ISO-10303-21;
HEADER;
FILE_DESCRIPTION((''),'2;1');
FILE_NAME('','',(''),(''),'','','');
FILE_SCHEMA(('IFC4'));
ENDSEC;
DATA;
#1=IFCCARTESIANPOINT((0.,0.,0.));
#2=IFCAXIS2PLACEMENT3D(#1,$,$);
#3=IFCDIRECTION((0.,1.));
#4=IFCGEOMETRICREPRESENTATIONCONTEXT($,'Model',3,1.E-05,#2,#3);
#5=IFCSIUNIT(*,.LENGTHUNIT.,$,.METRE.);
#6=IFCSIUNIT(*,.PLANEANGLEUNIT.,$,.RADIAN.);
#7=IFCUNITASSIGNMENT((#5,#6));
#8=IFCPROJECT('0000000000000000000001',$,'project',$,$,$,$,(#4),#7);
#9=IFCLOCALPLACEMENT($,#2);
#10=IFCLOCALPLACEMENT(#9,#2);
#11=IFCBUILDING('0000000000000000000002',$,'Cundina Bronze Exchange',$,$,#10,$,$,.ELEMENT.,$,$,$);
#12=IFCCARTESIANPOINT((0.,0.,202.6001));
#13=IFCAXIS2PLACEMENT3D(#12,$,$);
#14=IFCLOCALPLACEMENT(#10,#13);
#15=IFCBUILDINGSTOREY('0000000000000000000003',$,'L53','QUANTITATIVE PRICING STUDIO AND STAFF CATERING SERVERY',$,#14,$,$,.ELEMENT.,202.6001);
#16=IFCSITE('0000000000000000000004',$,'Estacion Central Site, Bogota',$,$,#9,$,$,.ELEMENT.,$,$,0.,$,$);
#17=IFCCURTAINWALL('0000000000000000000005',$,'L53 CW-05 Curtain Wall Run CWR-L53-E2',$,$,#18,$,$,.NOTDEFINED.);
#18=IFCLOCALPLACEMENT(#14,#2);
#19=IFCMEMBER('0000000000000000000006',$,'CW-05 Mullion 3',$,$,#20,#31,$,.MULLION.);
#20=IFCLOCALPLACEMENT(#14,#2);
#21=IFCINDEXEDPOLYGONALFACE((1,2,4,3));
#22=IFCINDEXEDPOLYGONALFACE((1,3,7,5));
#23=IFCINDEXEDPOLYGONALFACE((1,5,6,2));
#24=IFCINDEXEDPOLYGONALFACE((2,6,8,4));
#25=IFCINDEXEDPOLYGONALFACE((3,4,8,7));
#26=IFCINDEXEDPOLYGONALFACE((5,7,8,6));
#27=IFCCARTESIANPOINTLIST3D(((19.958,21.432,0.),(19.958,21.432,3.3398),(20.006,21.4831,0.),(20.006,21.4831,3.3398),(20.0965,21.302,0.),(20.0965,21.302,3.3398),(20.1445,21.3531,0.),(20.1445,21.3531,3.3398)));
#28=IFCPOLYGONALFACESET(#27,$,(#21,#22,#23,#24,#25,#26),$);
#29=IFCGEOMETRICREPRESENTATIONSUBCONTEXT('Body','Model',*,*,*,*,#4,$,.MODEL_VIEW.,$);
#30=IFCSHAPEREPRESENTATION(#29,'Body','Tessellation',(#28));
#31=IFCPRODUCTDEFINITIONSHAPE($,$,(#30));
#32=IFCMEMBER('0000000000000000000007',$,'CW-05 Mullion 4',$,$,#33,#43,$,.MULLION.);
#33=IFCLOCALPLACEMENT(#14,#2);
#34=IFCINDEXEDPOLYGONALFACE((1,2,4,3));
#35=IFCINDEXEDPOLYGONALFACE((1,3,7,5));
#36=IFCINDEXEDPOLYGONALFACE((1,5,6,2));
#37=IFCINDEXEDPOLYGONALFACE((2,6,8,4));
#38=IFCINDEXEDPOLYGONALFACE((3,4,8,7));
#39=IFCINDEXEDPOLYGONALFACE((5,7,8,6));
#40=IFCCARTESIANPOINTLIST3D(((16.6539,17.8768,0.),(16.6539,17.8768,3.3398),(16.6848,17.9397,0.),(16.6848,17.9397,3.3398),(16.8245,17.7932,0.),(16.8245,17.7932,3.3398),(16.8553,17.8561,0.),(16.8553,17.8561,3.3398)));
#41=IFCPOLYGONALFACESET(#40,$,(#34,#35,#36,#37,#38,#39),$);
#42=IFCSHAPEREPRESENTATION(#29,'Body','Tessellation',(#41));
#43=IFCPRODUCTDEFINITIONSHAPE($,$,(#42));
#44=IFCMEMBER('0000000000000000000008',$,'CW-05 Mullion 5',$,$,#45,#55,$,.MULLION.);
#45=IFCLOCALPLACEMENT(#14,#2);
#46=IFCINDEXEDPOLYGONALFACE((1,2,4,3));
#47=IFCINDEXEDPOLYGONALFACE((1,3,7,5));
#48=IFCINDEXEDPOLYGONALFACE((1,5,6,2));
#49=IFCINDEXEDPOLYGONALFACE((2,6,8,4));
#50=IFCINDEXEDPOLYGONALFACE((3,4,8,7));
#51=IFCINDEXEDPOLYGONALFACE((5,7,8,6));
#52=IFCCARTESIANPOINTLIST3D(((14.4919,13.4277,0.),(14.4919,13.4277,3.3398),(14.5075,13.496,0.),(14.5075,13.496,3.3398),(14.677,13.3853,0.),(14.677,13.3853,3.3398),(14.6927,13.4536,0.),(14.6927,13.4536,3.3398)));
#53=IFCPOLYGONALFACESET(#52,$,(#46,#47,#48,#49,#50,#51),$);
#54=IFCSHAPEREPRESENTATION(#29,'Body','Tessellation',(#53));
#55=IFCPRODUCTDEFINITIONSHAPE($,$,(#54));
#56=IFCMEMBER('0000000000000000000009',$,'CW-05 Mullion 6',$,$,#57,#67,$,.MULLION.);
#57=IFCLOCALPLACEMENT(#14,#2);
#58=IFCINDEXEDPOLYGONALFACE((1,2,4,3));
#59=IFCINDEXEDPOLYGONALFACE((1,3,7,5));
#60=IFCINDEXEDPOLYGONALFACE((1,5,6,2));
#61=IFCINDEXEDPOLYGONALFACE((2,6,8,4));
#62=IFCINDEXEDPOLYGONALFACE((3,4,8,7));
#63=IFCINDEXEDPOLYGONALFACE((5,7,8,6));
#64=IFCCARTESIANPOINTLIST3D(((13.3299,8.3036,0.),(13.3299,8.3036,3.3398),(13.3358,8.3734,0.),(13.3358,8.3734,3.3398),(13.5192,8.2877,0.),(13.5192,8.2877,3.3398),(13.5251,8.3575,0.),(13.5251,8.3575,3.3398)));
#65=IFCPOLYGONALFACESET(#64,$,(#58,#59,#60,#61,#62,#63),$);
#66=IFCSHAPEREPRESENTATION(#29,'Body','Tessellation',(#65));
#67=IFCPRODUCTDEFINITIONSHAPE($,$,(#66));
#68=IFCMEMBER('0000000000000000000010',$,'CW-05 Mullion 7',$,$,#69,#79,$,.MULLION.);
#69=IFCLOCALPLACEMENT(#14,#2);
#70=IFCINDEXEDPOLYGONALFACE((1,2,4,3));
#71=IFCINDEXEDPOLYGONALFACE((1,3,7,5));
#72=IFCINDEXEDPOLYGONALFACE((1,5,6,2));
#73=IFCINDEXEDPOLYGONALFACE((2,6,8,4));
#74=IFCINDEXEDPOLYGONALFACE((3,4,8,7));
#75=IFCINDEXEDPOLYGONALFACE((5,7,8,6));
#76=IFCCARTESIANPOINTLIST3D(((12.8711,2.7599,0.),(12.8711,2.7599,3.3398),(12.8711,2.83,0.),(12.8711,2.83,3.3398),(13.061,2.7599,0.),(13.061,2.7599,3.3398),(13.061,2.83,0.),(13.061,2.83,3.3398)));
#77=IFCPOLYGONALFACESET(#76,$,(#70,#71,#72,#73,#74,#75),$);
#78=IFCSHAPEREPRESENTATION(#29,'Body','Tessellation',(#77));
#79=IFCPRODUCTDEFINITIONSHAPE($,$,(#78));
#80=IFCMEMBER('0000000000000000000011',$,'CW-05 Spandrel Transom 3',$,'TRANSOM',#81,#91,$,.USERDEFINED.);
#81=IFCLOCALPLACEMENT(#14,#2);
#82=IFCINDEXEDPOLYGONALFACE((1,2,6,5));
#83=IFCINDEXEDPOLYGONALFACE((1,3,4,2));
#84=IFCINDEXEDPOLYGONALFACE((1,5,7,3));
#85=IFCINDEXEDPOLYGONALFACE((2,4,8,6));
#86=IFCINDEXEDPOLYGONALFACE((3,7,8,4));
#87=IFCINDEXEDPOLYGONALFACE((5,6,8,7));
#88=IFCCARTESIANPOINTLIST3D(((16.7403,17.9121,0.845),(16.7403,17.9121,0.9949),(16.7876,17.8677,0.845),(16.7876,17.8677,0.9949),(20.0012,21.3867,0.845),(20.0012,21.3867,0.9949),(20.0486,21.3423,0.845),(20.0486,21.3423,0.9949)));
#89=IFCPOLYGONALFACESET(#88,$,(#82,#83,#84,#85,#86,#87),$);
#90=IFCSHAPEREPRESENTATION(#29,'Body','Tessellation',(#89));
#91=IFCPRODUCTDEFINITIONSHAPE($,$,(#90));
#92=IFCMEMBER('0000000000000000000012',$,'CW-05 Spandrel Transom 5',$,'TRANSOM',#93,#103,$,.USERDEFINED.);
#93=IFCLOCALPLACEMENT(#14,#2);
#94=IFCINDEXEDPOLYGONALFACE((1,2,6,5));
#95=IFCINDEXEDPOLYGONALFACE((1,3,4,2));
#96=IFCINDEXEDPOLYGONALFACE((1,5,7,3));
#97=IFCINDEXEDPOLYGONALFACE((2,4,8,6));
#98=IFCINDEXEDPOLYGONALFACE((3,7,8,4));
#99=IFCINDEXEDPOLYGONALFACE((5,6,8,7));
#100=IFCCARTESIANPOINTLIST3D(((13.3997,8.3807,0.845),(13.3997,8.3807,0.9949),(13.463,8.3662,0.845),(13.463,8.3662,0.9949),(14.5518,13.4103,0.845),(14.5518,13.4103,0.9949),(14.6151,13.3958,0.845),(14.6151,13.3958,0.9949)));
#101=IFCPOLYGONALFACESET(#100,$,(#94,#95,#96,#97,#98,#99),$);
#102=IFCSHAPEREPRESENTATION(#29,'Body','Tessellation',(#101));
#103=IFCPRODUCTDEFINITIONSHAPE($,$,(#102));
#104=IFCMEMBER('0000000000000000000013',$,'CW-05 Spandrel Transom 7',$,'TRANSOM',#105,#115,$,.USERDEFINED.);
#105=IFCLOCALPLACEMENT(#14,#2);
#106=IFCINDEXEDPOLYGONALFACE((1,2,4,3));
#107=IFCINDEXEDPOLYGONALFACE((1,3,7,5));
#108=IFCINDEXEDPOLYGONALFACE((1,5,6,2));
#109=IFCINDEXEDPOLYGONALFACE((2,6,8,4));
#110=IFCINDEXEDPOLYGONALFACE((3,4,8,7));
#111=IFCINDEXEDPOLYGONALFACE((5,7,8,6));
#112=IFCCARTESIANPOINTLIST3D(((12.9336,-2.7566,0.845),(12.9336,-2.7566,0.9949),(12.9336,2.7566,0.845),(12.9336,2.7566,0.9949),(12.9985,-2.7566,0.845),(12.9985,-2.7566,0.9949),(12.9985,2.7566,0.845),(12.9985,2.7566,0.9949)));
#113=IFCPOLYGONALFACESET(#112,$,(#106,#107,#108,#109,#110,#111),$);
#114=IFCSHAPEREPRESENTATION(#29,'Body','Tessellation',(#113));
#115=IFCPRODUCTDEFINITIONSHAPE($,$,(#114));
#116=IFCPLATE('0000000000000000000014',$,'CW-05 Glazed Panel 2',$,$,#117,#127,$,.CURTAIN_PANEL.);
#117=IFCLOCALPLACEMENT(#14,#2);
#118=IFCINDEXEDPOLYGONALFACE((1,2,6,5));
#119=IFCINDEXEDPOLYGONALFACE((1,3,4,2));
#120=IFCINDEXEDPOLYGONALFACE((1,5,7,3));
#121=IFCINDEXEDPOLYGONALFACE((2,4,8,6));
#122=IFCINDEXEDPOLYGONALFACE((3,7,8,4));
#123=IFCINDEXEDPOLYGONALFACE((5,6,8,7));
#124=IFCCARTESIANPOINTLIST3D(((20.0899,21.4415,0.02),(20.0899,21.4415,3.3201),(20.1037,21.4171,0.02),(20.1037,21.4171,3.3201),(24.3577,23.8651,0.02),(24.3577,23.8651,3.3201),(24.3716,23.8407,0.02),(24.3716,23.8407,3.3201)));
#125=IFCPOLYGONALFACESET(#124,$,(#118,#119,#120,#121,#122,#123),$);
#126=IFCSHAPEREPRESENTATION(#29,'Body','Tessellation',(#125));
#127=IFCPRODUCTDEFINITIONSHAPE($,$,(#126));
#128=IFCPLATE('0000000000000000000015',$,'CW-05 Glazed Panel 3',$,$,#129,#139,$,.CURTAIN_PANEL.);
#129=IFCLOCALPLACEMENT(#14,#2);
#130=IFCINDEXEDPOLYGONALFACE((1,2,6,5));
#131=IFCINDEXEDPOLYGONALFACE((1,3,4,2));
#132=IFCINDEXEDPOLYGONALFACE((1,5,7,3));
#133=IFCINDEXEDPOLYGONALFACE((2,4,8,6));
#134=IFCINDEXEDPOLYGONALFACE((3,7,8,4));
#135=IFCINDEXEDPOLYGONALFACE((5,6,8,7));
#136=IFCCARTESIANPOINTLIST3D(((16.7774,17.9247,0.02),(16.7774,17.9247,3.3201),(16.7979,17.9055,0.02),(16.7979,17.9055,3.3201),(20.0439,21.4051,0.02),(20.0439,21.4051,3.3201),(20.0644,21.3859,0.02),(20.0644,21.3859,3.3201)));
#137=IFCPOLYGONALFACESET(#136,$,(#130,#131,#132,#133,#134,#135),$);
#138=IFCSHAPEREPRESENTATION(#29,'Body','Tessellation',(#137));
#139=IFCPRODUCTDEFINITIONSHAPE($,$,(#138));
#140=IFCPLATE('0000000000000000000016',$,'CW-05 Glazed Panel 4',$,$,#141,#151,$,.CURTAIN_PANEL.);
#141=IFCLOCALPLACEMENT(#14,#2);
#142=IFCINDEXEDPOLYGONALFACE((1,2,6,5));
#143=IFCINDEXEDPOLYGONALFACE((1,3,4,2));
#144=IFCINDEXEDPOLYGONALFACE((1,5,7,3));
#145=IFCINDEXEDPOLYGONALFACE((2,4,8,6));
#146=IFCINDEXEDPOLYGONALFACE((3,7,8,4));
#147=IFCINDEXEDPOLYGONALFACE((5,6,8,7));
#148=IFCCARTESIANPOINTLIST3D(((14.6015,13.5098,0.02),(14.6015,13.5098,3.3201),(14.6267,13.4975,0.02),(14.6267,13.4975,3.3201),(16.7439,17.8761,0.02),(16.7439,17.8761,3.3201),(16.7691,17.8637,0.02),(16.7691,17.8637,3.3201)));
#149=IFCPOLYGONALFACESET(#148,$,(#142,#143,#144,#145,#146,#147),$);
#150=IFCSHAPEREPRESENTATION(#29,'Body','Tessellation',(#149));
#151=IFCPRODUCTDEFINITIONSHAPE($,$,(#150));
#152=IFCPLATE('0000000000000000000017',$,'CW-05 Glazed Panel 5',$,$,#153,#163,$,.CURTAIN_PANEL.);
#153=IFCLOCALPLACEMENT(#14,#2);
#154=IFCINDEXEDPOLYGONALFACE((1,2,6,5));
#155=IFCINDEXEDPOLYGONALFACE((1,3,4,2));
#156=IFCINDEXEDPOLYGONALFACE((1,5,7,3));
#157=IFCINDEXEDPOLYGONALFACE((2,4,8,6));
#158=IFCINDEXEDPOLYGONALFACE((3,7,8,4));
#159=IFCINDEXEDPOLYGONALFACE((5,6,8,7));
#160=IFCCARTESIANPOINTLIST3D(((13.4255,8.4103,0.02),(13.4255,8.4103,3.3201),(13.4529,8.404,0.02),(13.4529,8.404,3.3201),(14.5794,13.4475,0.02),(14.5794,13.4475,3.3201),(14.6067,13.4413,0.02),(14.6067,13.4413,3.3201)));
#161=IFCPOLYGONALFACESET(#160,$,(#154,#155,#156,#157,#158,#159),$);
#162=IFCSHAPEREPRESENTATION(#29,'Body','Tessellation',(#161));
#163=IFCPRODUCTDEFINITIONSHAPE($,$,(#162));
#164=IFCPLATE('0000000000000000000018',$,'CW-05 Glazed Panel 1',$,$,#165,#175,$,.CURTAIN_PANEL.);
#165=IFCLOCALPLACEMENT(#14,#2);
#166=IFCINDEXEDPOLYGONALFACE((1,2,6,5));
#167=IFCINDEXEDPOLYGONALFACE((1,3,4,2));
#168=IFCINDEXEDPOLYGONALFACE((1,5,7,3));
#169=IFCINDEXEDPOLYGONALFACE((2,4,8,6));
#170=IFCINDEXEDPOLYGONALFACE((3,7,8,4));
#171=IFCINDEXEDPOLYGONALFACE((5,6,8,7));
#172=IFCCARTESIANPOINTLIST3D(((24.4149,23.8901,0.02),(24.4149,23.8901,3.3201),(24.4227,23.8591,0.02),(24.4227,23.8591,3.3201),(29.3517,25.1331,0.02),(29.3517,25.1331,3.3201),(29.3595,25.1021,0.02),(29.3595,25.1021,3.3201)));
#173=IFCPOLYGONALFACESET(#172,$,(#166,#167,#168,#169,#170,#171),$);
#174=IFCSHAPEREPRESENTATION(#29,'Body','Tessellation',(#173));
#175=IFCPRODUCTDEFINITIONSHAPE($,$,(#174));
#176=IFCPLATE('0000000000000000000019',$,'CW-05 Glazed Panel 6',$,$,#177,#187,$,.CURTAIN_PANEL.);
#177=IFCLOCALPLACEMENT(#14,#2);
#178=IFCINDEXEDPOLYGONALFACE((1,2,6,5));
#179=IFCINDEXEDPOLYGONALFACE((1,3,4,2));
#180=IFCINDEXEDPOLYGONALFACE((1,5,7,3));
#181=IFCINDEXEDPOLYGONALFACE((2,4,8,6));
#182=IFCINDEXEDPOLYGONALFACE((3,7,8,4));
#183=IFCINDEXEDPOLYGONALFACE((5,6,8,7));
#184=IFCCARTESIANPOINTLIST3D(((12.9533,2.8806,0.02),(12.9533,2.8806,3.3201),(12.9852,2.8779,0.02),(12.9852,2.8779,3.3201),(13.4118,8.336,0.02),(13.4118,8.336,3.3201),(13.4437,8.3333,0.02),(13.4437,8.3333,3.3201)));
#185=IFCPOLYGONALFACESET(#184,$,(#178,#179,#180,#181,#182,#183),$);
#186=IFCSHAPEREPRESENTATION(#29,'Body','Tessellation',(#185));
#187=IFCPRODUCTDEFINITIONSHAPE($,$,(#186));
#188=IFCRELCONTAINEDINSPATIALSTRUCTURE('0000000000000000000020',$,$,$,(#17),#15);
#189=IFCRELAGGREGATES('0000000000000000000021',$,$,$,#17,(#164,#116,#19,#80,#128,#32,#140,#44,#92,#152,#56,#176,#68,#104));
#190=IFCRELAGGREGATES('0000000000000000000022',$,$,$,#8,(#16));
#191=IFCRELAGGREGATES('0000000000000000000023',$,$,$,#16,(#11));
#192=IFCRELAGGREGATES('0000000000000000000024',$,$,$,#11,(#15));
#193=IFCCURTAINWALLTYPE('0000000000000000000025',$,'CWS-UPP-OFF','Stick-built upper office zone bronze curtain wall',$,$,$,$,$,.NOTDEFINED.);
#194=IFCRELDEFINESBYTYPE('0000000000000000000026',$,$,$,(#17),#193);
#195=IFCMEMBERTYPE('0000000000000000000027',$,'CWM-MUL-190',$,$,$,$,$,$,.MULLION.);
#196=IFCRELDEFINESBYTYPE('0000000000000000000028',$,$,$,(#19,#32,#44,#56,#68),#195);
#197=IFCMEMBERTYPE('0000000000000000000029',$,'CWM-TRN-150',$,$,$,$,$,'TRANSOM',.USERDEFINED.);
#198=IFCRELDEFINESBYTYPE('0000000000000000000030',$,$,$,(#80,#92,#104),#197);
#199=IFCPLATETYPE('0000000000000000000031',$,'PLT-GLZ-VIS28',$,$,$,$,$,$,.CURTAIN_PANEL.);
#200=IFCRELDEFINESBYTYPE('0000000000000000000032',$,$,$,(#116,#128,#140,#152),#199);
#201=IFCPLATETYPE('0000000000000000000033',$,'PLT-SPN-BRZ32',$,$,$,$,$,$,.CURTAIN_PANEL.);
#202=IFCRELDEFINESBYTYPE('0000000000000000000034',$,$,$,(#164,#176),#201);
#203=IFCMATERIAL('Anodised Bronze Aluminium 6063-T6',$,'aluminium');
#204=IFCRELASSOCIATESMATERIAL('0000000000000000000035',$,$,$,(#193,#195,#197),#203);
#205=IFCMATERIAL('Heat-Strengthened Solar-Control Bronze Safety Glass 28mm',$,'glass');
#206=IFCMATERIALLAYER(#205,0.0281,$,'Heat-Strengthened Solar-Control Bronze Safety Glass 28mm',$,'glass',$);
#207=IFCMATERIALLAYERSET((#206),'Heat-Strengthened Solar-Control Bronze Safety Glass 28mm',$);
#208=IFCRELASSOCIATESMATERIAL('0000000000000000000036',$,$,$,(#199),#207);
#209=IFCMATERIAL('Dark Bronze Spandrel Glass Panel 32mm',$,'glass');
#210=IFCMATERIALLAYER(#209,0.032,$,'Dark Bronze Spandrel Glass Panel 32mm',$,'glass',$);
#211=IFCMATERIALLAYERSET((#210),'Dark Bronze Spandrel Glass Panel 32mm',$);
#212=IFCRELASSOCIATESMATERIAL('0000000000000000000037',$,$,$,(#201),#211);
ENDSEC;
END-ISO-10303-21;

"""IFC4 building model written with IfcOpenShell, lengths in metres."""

from ifc_helpers import new_model, si_unit, direction, frame, origin, origin_2d, place, context, subcontext, project, spatial, rectangle, extrude, material, layer, layer_set, material_profile, profile_set, type_object, element, aggregate, save


model = new_model("IFC4")

# Units and contexts
model_context = context("Model", 3, precision=1e-05, world=origin(), true_north=direction((0.0, 1.0)))
body_context = subcontext(model_context, "Body", "Model", "MODEL_VIEW")
ifc_project = project(units=[si_unit("LENGTHUNIT", "METRE"), si_unit("PLANEANGLEUNIT", "RADIAN")], contexts=[model_context])

# Site, building, storey
site_placement = place(None, origin())
site = spatial("IfcSite", under=ifc_project, at=site_placement, Name="Estacion Central Site, Bogota", CompositionType="ELEMENT", RefElevation=0.0)
building_placement = place(site_placement, origin())
building = spatial("IfcBuilding", under=site, at=building_placement, Name="Cundina Bronze Exchange", CompositionType="ELEMENT")
storey_placement = place(building_placement, frame((0.0, 0.0, 202.6001)))
storey = spatial("IfcBuildingStorey", under=building, at=storey_placement, Name="L53", Description="QUANTITATIVE PRICING STUDIO AND STAFF CATERING SERVERY", CompositionType="ELEMENT", Elevation=202.6001)

# Curtain wall, members, plates
ifc_material_1 = material(Name="Anodised Bronze Aluminium 6063-T6", Category="aluminium")
curtain_wall_type = type_object("IfcCurtainWallType", Name="CWS-UPP-OFF", Description="Stick-built upper office zone bronze curtain wall", PredefinedType="NOTDEFINED", material=ifc_material_1)
curtain_wall_placement = place(storey_placement, origin())
curtain_wall = element("IfcCurtainWall", 1, at=curtain_wall_placement, inside=storey, type_object=curtain_wall_type, Name="L53 CW-05 Curtain Wall Run CWR-L53-E2", PredefinedType="NOTDEFINED")
ifc_material_profile_1 = material_profile(ifc_material_1, rectangle(XDim=0.0701, YDim=0.1899, at=origin_2d()), Name="AL70X190", Category="aluminium")
ifc_profile_set_1 = profile_set([ifc_material_profile_1], Name="Anodised Bronze Aluminium 6063-T6")
member_type_1 = type_object("IfcMemberType", Name="CWM-MUL-190", PredefinedType="MULLION", material=ifc_profile_set_1)
member_1_placement = place(storey_placement, frame((20.0513, 21.3926, 0.0), z_axis=(0.0, 0.0, 1.0), x_axis=(-0.684293, -0.729208, 0.0)))
member_1 = element("IfcMember", 2, at=member_1_placement, type_object=member_type_1, Name="CW-05 Mullion 3", PredefinedType="MULLION", context=body_context, shape_type="SweptSolid", body=[
    extrude(rectangle(XDim=0.0701, YDim=0.1899, at=origin_2d()), origin(), (0.0, 0.0, 1.0), 3.3398),
])
member_2_placement = place(storey_placement, frame((16.7546, 17.8665, 0.0), z_axis=(0.0, 0.0, 1.0), x_axis=(-0.440566, -0.89772, 0.0)))
member_2 = element("IfcMember", 3, at=member_2_placement, type_object=member_type_1, Name="CW-05 Mullion 4", PredefinedType="MULLION", context=body_context, shape_type="SweptSolid", body=[
    extrude(rectangle(XDim=0.0701, YDim=0.1899, at=origin_2d()), origin(), (0.0, 0.0, 1.0), 3.3398),
])
member_3_placement = place(storey_placement, frame((14.5923, 13.4407, 0.0), z_axis=(0.0, 0.0, 1.0), x_axis=(-0.22325, -0.974761, 0.0)))
member_3 = element("IfcMember", 4, at=member_3_placement, type_object=member_type_1, Name="CW-05 Mullion 5", PredefinedType="MULLION", context=body_context, shape_type="SweptSolid", body=[
    extrude(rectangle(XDim=0.0701, YDim=0.1899, at=origin_2d()), origin(), (0.0, 0.0, 1.0), 3.3398),
])
member_4_placement = place(storey_placement, frame((13.4275, 8.3306, 0.0), z_axis=(0.0, 0.0, 1.0), x_axis=(-0.083678, -0.996493, 0.0)))
member_4 = element("IfcMember", 5, at=member_4_placement, type_object=member_type_1, Name="CW-05 Mullion 6", PredefinedType="MULLION", context=body_context, shape_type="SweptSolid", body=[
    extrude(rectangle(XDim=0.0701, YDim=0.1899, at=origin_2d()), origin(), (0.0, 0.0, 1.0), 3.3398),
])
member_5_placement = place(storey_placement, frame((12.9661, 2.7949, 0.0), z_axis=(0.0, 0.0, 1.0), x_axis=(0.0, -1.0, 0.0)))
member_5 = element("IfcMember", 6, at=member_5_placement, type_object=member_type_1, Name="CW-05 Mullion 7", PredefinedType="MULLION", context=body_context, shape_type="SweptSolid", body=[
    extrude(rectangle(XDim=0.0701, YDim=0.1899, at=origin_2d()), origin(), (0.0, 0.0, 1.0), 3.3398),
])
ifc_material_profile_2 = material_profile(ifc_material_1, rectangle(XDim=0.0649, YDim=0.1499, at=origin_2d()), Name="AL65X150", Category="aluminium")
ifc_profile_set_2 = profile_set([ifc_material_profile_2], Name="Anodised Bronze Aluminium 6063-T6")
member_type_2 = type_object("IfcMemberType", Name="CWM-TRN-150", ElementType="TRANSOM", PredefinedType="USERDEFINED", material=ifc_profile_set_2)
member_6_placement = place(storey_placement, frame((20.0249, 21.3645, 0.9199), z_axis=(-0.684336, -0.729166, 0.0), x_axis=(0.729166, -0.684336, 0.0)))
member_6 = element("IfcMember", 7, at=member_6_placement, type_object=member_type_2, Name="CW-05 Spandrel Transom 3", ObjectType="TRANSOM", PredefinedType="USERDEFINED", context=body_context, shape_type="SweptSolid", body=[
    extrude(rectangle(XDim=0.0649, YDim=0.1499, at=origin_2d()), origin(), (0.0, 0.0, 1.0), 4.7651),
])
member_7_placement = place(storey_placement, frame((14.5835, 13.4031, 0.9199), z_axis=(-0.223283, -0.974754, 0.0), x_axis=(0.974754, -0.223283, 0.0)))
member_7 = element("IfcMember", 8, at=member_7_placement, type_object=member_type_2, Name="CW-05 Spandrel Transom 5", ObjectType="TRANSOM", PredefinedType="USERDEFINED", context=body_context, shape_type="SweptSolid", body=[
    extrude(rectangle(XDim=0.0649, YDim=0.1499, at=origin_2d()), origin(), (0.0, 0.0, 1.0), 5.1599),
])
member_8_placement = place(storey_placement, frame((12.9661, 2.7566, 0.9199), z_axis=(0.0, -1.0, 0.0), x_axis=(1.0, 0.0, 0.0)))
member_8 = element("IfcMember", 9, at=member_8_placement, type_object=member_type_2, Name="CW-05 Spandrel Transom 7", ObjectType="TRANSOM", PredefinedType="USERDEFINED", context=body_context, shape_type="SweptSolid", body=[
    extrude(rectangle(XDim=0.0649, YDim=0.1499, at=origin_2d()), origin(), (0.0, 0.0, 1.0), 5.5132),
])
ifc_material_2 = material(Name="Heat-Strengthened Solar-Control Bronze Safety Glass 28mm", Category="glass")
ifc_layer_1 = layer(ifc_material_2, 0.0281, Name="Heat-Strengthened Solar-Control Bronze Safety Glass 28mm", Category="glass")
ifc_layer_set_1 = layer_set([ifc_layer_1], Name="Heat-Strengthened Solar-Control Bronze Safety Glass 28mm")
plate_type_1 = type_object("IfcPlateType", Name="PLT-GLZ-VIS28", PredefinedType="CURTAIN_PANEL", material=ifc_layer_set_1)
plate_1_placement = place(storey_placement, frame((22.2307, 22.6411, 0.02), z_axis=(0.0, 0.0, 1.0), x_axis=(-0.869573, -0.493805, 0.0)))
plate_1 = element("IfcPlate", 10, at=plate_1_placement, type_object=plate_type_1, Name="CW-05 Glazed Panel 2", PredefinedType="CURTAIN_PANEL", context=body_context, shape_type="SweptSolid", body=[
    extrude(rectangle(XDim=4.908, YDim=0.0281, at=origin_2d()), origin(), (0.0, 0.0, 1.0), 3.3),
])
plate_2_placement = place(storey_placement, frame((18.4209, 19.6553, 0.02), z_axis=(0.0, 0.0, 1.0), x_axis=(-0.684344, -0.72916, 0.0)))
plate_2 = element("IfcPlate", 11, at=plate_2_placement, type_object=plate_type_1, Name="CW-05 Glazed Panel 3", PredefinedType="CURTAIN_PANEL", context=body_context, shape_type="SweptSolid", body=[
    extrude(rectangle(XDim=4.7732, YDim=0.0281, at=origin_2d()), origin(), (0.0, 0.0, 1.0), 3.3),
])
plate_3_placement = place(storey_placement, frame((15.6853, 15.6868, 0.02), z_axis=(0.0, 0.0, 1.0), x_axis=(-0.440503, -0.897751, 0.0)))
plate_3 = element("IfcPlate", 12, at=plate_3_placement, type_object=plate_type_1, Name="CW-05 Glazed Panel 4", PredefinedType="CURTAIN_PANEL", context=body_context, shape_type="SweptSolid", body=[
    extrude(rectangle(XDim=4.8635, YDim=0.0281, at=origin_2d()), origin(), (0.0, 0.0, 1.0), 3.3),
])
plate_4_placement = place(storey_placement, frame((14.0161, 10.9258, 0.02), z_axis=(0.0, 0.0, 1.0), x_axis=(-0.223284, -0.974753, 0.0)))
plate_4 = element("IfcPlate", 13, at=plate_4_placement, type_object=plate_type_1, Name="CW-05 Glazed Panel 5", PredefinedType="CURTAIN_PANEL", context=body_context, shape_type="SweptSolid", body=[
    extrude(rectangle(XDim=5.1677, YDim=0.0281, at=origin_2d()), origin(), (0.0, 0.0, 1.0), 3.3),
])
ifc_material_3 = material(Name="Dark Bronze Spandrel Glass Panel 32mm", Category="glass")
ifc_layer_2 = layer(ifc_material_3, 0.032, Name="Dark Bronze Spandrel Glass Panel 32mm", Category="glass")
ifc_layer_set_2 = layer_set([ifc_layer_2], Name="Dark Bronze Spandrel Glass Panel 32mm")
plate_type_2 = type_object("IfcPlateType", Name="PLT-SPN-BRZ32", PredefinedType="CURTAIN_PANEL", material=ifc_layer_set_2)
plate_5_placement = place(storey_placement, frame((26.8872, 24.4961, 0.02), z_axis=(0.0, 0.0, 1.0), x_axis=(-0.969732, -0.244174, 0.0)))
plate_5 = element("IfcPlate", 14, at=plate_5_placement, type_object=plate_type_2, Name="CW-05 Glazed Panel 1", PredefinedType="CURTAIN_PANEL", context=body_context, shape_type="SweptSolid", body=[
    extrude(rectangle(XDim=5.0908, YDim=0.032, at=origin_2d()), origin(), (0.0, 0.0, 1.0), 3.3),
])
plate_6_placement = place(storey_placement, frame((13.1985, 5.6069, 0.02), z_axis=(0.0, 0.0, 1.0), x_axis=(-0.083747, -0.996487, 0.0)))
plate_6 = element("IfcPlate", 15, at=plate_6_placement, type_object=plate_type_2, Name="CW-05 Glazed Panel 6", PredefinedType="CURTAIN_PANEL", context=body_context, shape_type="SweptSolid", body=[
    extrude(rectangle(XDim=5.4746, YDim=0.032, at=origin_2d()), origin(), (0.0, 0.0, 1.0), 3.3),
])
aggregate(curtain_wall, [plate_5, plate_1, member_1, member_6, plate_2, member_2, plate_3, member_3, member_7, plate_4, member_4, plate_6, member_5, member_8])

save(model, "model.ifc")
